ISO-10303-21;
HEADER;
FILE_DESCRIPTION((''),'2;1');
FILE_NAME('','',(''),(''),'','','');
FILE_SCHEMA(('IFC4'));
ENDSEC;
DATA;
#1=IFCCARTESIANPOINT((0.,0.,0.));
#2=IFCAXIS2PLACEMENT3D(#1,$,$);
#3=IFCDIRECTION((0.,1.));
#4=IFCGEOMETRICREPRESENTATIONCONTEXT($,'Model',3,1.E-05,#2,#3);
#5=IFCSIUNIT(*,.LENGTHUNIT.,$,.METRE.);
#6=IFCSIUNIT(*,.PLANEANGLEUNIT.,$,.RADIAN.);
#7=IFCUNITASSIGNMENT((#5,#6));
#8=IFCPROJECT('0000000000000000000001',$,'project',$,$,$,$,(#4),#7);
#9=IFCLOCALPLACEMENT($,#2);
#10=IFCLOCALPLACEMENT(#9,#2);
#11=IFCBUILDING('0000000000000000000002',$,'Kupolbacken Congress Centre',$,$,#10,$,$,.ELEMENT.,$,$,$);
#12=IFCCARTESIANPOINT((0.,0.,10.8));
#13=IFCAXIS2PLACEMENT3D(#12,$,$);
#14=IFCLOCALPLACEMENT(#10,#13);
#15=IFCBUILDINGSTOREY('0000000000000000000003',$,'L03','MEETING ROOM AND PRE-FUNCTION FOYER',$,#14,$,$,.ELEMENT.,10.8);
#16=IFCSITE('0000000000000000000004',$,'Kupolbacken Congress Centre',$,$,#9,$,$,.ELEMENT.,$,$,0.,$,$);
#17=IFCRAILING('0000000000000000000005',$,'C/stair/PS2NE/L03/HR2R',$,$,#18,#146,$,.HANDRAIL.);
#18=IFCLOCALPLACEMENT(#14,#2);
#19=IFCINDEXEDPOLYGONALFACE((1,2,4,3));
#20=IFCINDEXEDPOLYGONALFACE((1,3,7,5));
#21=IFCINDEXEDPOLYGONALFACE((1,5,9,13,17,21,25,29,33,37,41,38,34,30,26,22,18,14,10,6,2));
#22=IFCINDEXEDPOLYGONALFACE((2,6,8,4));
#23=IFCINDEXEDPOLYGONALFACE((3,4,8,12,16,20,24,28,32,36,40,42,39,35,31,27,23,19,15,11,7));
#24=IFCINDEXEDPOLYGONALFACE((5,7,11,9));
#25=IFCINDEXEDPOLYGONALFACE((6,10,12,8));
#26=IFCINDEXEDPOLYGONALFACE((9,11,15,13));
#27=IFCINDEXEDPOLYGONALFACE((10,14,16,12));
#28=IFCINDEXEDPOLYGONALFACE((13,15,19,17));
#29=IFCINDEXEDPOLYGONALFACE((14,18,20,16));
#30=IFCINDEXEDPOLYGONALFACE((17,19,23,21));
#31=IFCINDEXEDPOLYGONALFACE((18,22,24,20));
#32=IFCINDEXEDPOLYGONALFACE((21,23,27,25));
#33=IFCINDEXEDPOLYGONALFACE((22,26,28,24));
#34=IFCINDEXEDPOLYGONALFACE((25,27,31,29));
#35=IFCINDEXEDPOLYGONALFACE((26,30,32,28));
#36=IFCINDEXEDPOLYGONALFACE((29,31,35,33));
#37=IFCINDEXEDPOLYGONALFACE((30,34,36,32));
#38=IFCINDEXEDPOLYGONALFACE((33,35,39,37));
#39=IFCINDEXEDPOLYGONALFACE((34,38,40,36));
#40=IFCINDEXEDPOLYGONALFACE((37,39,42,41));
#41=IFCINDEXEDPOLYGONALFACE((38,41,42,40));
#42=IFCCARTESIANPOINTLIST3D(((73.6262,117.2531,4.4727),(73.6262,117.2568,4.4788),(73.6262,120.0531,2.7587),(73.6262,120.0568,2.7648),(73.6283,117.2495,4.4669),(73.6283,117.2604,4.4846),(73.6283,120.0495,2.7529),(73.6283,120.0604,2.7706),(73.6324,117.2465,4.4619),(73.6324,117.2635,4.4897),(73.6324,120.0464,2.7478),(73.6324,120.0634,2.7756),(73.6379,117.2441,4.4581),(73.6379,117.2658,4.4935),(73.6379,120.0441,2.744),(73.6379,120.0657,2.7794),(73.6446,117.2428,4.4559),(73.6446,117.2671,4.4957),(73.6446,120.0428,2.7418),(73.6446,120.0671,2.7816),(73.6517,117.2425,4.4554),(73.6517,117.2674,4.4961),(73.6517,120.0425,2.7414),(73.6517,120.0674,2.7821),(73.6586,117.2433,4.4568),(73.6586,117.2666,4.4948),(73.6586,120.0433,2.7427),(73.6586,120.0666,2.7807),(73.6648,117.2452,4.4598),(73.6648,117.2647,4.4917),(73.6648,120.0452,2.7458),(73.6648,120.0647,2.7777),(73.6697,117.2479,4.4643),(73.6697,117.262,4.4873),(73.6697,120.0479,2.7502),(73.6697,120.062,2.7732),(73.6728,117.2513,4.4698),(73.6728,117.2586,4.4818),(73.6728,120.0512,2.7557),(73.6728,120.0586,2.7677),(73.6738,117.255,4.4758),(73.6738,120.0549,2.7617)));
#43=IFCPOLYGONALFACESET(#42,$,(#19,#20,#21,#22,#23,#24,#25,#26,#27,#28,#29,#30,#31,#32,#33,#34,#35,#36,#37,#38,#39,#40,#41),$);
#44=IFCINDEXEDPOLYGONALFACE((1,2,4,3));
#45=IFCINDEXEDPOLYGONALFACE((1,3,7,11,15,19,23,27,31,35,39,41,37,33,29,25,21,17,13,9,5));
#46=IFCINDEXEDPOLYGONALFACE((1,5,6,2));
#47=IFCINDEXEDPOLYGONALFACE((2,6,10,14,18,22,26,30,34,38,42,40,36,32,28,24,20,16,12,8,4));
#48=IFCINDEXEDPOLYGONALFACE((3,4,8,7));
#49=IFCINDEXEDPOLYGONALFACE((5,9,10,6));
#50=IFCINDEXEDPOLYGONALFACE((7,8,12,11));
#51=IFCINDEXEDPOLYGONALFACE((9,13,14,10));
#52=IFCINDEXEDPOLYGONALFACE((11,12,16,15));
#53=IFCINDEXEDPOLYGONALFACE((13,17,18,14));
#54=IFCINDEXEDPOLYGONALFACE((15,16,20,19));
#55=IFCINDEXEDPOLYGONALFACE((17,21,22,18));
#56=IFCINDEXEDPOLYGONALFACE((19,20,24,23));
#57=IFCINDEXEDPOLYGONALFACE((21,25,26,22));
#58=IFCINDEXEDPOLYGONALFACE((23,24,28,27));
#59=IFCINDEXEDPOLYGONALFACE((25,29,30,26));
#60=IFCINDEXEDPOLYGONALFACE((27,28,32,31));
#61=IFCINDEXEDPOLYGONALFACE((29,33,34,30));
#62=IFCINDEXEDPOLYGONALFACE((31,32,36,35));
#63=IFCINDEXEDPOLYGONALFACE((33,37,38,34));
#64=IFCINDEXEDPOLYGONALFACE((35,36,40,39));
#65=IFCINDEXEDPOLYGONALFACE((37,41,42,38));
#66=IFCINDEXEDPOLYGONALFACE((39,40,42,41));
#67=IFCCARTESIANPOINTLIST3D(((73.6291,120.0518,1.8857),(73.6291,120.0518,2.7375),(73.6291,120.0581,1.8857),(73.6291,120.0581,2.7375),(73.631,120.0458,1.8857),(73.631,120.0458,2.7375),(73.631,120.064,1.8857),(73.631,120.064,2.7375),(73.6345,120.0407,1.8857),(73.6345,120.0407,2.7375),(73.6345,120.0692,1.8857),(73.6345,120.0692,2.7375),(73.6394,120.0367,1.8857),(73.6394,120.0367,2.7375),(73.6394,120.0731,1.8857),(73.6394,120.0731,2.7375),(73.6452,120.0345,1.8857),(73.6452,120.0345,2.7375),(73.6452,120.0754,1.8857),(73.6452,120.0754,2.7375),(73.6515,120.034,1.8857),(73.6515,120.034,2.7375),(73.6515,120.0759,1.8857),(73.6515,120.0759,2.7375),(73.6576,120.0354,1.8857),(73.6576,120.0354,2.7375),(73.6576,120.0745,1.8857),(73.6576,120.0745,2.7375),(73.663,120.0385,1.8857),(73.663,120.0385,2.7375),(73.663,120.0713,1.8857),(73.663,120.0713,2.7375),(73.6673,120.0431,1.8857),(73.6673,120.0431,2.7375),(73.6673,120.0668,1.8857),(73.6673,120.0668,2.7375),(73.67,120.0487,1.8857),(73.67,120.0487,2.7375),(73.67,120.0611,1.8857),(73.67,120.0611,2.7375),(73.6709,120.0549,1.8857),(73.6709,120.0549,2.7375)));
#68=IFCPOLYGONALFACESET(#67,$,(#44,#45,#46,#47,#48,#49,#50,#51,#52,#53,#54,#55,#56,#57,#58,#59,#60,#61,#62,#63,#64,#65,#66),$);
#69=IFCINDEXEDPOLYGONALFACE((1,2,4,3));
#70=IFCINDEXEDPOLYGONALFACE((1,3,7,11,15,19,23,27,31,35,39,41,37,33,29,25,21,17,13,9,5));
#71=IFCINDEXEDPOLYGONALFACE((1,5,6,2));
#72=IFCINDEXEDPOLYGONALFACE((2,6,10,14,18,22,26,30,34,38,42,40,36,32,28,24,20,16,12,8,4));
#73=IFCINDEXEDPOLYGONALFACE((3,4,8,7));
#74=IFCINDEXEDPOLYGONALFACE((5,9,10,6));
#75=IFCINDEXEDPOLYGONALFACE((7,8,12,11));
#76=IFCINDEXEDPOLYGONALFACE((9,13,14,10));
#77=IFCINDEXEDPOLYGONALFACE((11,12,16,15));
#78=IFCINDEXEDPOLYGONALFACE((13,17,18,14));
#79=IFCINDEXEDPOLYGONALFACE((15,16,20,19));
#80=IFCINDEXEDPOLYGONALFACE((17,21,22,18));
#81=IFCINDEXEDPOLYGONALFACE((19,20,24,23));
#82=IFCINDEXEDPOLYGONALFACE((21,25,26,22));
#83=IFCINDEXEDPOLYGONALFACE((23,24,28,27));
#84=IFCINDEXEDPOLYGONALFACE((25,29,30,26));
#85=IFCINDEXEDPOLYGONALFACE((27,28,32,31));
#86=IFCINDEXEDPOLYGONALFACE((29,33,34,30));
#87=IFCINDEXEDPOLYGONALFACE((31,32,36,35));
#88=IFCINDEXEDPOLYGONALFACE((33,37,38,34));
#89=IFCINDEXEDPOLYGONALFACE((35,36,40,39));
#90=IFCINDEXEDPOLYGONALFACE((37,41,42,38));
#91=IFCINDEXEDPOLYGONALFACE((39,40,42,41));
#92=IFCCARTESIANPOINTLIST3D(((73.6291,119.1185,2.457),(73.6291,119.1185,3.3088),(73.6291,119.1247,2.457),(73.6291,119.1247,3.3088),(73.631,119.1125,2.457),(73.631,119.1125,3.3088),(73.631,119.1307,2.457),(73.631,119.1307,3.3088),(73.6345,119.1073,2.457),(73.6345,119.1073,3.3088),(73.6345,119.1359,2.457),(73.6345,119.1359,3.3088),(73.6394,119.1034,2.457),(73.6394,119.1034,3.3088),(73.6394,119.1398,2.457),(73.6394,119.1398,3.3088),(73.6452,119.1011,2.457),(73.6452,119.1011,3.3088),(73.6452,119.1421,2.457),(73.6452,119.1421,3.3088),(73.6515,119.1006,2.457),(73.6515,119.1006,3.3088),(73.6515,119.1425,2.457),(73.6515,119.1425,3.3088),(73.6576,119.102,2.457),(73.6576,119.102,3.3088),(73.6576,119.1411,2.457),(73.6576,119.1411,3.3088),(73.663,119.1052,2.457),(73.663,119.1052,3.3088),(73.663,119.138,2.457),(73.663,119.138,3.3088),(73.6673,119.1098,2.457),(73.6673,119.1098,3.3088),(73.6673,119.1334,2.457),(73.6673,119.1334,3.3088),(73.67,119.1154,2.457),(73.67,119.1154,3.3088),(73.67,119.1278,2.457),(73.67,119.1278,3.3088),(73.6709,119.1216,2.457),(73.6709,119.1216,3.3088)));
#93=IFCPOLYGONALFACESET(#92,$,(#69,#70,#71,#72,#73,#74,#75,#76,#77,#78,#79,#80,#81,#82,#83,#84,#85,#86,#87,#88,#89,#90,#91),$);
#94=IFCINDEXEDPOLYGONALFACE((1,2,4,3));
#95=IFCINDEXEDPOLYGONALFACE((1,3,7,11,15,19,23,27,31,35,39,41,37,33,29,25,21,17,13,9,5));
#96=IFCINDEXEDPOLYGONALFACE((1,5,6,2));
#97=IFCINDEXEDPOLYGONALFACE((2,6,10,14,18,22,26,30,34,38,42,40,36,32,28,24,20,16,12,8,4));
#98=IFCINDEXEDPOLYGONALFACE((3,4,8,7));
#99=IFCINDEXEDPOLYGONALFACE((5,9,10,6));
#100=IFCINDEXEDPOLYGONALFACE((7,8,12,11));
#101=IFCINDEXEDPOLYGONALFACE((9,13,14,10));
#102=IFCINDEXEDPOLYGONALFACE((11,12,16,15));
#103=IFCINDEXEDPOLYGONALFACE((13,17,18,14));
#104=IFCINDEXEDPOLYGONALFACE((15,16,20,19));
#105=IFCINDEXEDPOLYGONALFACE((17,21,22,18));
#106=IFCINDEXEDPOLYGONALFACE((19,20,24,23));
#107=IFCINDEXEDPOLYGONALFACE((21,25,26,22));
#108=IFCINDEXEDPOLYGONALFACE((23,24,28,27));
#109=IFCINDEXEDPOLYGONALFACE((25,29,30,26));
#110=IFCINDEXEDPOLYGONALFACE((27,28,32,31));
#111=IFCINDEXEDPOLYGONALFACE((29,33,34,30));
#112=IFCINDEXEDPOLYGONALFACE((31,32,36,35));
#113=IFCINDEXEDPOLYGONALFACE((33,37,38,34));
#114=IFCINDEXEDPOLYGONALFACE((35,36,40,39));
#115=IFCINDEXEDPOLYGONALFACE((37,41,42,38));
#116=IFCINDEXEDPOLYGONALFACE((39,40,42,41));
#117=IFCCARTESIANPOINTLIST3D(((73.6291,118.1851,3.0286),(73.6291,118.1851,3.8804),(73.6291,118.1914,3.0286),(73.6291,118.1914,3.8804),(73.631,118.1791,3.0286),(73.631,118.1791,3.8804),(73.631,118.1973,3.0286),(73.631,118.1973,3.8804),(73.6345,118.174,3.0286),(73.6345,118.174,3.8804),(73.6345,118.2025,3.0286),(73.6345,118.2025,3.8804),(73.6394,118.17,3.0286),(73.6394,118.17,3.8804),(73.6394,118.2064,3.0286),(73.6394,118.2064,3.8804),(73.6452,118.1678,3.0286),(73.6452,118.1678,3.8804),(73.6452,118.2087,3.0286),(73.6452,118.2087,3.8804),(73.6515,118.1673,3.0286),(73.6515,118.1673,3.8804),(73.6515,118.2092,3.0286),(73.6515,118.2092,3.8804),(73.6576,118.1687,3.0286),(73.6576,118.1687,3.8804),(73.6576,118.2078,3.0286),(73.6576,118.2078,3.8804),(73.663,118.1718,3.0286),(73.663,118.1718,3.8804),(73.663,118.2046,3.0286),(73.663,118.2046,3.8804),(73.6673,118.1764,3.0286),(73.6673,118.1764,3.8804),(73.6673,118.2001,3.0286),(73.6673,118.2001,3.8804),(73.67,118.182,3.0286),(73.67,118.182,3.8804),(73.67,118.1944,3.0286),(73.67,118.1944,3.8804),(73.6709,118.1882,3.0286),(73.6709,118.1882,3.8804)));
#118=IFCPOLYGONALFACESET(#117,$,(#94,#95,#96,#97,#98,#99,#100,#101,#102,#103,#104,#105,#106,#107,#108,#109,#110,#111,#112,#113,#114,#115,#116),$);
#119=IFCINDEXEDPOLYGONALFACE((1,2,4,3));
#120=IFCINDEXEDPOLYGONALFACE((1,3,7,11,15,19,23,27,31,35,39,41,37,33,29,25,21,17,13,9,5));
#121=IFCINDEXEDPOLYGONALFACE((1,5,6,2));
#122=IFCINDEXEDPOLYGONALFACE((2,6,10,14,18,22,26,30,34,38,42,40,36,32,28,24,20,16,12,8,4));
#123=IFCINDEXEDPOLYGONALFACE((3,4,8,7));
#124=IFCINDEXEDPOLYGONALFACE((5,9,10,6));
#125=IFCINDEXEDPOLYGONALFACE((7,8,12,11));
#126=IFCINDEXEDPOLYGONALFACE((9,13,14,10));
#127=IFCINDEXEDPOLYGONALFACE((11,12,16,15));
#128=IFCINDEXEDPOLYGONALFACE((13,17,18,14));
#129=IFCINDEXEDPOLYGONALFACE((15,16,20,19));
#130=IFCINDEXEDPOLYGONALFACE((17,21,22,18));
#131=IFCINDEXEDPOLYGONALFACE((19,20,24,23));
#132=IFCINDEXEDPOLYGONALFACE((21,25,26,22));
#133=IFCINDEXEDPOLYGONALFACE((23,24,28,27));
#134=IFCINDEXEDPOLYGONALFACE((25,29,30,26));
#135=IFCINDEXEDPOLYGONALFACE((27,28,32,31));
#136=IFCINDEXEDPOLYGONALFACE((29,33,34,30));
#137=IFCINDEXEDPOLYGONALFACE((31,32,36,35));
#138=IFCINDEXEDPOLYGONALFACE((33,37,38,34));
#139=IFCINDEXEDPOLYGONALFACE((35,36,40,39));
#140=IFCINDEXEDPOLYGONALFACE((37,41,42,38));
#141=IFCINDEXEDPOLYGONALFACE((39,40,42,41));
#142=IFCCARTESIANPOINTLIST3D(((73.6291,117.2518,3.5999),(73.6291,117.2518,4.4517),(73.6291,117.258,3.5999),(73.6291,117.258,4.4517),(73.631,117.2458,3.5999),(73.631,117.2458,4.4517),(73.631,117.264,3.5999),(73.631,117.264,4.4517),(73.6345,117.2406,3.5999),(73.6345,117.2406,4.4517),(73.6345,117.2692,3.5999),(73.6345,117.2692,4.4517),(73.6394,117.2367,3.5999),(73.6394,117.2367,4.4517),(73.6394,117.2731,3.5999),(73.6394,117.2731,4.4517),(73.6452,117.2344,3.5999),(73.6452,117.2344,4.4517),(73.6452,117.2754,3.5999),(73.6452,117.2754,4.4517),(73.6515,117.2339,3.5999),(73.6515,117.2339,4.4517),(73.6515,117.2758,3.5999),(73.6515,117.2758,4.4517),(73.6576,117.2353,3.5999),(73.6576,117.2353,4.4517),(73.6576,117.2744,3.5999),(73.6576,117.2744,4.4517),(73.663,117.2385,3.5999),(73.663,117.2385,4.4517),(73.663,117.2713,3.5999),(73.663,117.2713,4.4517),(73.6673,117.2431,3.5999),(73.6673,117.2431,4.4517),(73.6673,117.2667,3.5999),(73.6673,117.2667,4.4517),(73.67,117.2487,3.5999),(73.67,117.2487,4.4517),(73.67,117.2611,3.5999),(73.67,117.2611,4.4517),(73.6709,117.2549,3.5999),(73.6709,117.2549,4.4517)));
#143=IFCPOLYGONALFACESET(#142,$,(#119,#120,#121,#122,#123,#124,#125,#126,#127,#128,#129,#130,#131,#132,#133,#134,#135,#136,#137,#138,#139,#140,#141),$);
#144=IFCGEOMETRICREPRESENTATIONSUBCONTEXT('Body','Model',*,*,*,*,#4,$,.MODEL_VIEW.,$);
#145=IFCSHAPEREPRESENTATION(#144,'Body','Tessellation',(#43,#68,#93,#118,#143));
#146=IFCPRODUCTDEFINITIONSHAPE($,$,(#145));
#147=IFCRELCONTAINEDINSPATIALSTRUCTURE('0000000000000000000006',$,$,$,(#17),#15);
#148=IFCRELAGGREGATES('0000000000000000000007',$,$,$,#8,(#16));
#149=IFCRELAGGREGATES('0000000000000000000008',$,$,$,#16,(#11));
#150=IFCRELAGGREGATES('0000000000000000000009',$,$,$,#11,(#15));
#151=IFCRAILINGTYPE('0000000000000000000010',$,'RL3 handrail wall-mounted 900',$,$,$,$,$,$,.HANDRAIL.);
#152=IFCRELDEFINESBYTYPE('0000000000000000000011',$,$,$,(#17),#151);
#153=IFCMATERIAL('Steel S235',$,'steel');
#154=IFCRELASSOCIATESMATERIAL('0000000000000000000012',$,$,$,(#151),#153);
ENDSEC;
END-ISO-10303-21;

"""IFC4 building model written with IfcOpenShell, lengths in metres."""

from ifc_helpers import new_model, si_unit, direction, frame, origin, origin_2d, place, context, subcontext, project, spatial, circle, extrude, material, type_object, element, save


model = new_model("IFC4")

# Units and contexts
model_context = context("Model", 3, precision=1e-05, world=origin(), true_north=direction((0.0, 1.0)))
body_context = subcontext(model_context, "Body", "Model", "MODEL_VIEW")
ifc_project = project(units=[si_unit("LENGTHUNIT", "METRE"), si_unit("PLANEANGLEUNIT", "RADIAN")], contexts=[model_context])

# Site, building, storey
site_placement = place(None, origin())
site = spatial("IfcSite", under=ifc_project, at=site_placement, Name="Kupolbacken Congress Centre", CompositionType="ELEMENT", RefElevation=0.0)
building_placement = place(site_placement, origin())
building = spatial("IfcBuilding", under=site, at=building_placement, Name="Kupolbacken Congress Centre", CompositionType="ELEMENT")
storey_placement = place(building_placement, frame((0.0, 0.0, 10.8)))
storey = spatial("IfcBuildingStorey", under=building, at=storey_placement, Name="L03", Description="MEETING ROOM AND PRE-FUNCTION FOYER", CompositionType="ELEMENT", Elevation=10.8)

# Railing
ifc_material_1 = material(Name="Steel S235", Category="steel")
railing_type = type_object("IfcRailingType", Name="RL3 handrail wall-mounted 900", PredefinedType="HANDRAIL", material=ifc_material_1)
railing_placement = place(storey_placement, frame((73.6499, 120.0549, 1.8857)))
element("IfcRailing", 1, at=railing_placement, inside=storey, type_object=railing_type, Name="C/stair/PS2NE/L03/HR2R", PredefinedType="HANDRAIL", context=body_context, shape_type="SweptSolid", body=[
    extrude(circle(Radius=0.0239, at=origin_2d()), frame((0.0, 0.0, 0.876), z_axis=(0.0, -0.852879, 0.522109), x_axis=(1.0, 0.0, 0.0)), (0.0, 0.0, 1.0), 3.283),
    extrude(circle(Radius=0.021, at=origin_2d()), origin(), (0.0, 0.0, 1.0), 0.8518),
    extrude(circle(Radius=0.021, at=origin_2d()), frame((0.0, -0.9333, 0.5713)), (0.0, 0.0, 1.0), 0.8518),
    extrude(circle(Radius=0.021, at=origin_2d()), frame((0.0, -1.8667, 1.1428)), (0.0, 0.0, 1.0), 0.8518),
    extrude(circle(Radius=0.021, at=origin_2d()), frame((0.0, -2.8, 1.7141)), (0.0, 0.0, 1.0), 0.8518),
])

save(model, "model.ifc")
